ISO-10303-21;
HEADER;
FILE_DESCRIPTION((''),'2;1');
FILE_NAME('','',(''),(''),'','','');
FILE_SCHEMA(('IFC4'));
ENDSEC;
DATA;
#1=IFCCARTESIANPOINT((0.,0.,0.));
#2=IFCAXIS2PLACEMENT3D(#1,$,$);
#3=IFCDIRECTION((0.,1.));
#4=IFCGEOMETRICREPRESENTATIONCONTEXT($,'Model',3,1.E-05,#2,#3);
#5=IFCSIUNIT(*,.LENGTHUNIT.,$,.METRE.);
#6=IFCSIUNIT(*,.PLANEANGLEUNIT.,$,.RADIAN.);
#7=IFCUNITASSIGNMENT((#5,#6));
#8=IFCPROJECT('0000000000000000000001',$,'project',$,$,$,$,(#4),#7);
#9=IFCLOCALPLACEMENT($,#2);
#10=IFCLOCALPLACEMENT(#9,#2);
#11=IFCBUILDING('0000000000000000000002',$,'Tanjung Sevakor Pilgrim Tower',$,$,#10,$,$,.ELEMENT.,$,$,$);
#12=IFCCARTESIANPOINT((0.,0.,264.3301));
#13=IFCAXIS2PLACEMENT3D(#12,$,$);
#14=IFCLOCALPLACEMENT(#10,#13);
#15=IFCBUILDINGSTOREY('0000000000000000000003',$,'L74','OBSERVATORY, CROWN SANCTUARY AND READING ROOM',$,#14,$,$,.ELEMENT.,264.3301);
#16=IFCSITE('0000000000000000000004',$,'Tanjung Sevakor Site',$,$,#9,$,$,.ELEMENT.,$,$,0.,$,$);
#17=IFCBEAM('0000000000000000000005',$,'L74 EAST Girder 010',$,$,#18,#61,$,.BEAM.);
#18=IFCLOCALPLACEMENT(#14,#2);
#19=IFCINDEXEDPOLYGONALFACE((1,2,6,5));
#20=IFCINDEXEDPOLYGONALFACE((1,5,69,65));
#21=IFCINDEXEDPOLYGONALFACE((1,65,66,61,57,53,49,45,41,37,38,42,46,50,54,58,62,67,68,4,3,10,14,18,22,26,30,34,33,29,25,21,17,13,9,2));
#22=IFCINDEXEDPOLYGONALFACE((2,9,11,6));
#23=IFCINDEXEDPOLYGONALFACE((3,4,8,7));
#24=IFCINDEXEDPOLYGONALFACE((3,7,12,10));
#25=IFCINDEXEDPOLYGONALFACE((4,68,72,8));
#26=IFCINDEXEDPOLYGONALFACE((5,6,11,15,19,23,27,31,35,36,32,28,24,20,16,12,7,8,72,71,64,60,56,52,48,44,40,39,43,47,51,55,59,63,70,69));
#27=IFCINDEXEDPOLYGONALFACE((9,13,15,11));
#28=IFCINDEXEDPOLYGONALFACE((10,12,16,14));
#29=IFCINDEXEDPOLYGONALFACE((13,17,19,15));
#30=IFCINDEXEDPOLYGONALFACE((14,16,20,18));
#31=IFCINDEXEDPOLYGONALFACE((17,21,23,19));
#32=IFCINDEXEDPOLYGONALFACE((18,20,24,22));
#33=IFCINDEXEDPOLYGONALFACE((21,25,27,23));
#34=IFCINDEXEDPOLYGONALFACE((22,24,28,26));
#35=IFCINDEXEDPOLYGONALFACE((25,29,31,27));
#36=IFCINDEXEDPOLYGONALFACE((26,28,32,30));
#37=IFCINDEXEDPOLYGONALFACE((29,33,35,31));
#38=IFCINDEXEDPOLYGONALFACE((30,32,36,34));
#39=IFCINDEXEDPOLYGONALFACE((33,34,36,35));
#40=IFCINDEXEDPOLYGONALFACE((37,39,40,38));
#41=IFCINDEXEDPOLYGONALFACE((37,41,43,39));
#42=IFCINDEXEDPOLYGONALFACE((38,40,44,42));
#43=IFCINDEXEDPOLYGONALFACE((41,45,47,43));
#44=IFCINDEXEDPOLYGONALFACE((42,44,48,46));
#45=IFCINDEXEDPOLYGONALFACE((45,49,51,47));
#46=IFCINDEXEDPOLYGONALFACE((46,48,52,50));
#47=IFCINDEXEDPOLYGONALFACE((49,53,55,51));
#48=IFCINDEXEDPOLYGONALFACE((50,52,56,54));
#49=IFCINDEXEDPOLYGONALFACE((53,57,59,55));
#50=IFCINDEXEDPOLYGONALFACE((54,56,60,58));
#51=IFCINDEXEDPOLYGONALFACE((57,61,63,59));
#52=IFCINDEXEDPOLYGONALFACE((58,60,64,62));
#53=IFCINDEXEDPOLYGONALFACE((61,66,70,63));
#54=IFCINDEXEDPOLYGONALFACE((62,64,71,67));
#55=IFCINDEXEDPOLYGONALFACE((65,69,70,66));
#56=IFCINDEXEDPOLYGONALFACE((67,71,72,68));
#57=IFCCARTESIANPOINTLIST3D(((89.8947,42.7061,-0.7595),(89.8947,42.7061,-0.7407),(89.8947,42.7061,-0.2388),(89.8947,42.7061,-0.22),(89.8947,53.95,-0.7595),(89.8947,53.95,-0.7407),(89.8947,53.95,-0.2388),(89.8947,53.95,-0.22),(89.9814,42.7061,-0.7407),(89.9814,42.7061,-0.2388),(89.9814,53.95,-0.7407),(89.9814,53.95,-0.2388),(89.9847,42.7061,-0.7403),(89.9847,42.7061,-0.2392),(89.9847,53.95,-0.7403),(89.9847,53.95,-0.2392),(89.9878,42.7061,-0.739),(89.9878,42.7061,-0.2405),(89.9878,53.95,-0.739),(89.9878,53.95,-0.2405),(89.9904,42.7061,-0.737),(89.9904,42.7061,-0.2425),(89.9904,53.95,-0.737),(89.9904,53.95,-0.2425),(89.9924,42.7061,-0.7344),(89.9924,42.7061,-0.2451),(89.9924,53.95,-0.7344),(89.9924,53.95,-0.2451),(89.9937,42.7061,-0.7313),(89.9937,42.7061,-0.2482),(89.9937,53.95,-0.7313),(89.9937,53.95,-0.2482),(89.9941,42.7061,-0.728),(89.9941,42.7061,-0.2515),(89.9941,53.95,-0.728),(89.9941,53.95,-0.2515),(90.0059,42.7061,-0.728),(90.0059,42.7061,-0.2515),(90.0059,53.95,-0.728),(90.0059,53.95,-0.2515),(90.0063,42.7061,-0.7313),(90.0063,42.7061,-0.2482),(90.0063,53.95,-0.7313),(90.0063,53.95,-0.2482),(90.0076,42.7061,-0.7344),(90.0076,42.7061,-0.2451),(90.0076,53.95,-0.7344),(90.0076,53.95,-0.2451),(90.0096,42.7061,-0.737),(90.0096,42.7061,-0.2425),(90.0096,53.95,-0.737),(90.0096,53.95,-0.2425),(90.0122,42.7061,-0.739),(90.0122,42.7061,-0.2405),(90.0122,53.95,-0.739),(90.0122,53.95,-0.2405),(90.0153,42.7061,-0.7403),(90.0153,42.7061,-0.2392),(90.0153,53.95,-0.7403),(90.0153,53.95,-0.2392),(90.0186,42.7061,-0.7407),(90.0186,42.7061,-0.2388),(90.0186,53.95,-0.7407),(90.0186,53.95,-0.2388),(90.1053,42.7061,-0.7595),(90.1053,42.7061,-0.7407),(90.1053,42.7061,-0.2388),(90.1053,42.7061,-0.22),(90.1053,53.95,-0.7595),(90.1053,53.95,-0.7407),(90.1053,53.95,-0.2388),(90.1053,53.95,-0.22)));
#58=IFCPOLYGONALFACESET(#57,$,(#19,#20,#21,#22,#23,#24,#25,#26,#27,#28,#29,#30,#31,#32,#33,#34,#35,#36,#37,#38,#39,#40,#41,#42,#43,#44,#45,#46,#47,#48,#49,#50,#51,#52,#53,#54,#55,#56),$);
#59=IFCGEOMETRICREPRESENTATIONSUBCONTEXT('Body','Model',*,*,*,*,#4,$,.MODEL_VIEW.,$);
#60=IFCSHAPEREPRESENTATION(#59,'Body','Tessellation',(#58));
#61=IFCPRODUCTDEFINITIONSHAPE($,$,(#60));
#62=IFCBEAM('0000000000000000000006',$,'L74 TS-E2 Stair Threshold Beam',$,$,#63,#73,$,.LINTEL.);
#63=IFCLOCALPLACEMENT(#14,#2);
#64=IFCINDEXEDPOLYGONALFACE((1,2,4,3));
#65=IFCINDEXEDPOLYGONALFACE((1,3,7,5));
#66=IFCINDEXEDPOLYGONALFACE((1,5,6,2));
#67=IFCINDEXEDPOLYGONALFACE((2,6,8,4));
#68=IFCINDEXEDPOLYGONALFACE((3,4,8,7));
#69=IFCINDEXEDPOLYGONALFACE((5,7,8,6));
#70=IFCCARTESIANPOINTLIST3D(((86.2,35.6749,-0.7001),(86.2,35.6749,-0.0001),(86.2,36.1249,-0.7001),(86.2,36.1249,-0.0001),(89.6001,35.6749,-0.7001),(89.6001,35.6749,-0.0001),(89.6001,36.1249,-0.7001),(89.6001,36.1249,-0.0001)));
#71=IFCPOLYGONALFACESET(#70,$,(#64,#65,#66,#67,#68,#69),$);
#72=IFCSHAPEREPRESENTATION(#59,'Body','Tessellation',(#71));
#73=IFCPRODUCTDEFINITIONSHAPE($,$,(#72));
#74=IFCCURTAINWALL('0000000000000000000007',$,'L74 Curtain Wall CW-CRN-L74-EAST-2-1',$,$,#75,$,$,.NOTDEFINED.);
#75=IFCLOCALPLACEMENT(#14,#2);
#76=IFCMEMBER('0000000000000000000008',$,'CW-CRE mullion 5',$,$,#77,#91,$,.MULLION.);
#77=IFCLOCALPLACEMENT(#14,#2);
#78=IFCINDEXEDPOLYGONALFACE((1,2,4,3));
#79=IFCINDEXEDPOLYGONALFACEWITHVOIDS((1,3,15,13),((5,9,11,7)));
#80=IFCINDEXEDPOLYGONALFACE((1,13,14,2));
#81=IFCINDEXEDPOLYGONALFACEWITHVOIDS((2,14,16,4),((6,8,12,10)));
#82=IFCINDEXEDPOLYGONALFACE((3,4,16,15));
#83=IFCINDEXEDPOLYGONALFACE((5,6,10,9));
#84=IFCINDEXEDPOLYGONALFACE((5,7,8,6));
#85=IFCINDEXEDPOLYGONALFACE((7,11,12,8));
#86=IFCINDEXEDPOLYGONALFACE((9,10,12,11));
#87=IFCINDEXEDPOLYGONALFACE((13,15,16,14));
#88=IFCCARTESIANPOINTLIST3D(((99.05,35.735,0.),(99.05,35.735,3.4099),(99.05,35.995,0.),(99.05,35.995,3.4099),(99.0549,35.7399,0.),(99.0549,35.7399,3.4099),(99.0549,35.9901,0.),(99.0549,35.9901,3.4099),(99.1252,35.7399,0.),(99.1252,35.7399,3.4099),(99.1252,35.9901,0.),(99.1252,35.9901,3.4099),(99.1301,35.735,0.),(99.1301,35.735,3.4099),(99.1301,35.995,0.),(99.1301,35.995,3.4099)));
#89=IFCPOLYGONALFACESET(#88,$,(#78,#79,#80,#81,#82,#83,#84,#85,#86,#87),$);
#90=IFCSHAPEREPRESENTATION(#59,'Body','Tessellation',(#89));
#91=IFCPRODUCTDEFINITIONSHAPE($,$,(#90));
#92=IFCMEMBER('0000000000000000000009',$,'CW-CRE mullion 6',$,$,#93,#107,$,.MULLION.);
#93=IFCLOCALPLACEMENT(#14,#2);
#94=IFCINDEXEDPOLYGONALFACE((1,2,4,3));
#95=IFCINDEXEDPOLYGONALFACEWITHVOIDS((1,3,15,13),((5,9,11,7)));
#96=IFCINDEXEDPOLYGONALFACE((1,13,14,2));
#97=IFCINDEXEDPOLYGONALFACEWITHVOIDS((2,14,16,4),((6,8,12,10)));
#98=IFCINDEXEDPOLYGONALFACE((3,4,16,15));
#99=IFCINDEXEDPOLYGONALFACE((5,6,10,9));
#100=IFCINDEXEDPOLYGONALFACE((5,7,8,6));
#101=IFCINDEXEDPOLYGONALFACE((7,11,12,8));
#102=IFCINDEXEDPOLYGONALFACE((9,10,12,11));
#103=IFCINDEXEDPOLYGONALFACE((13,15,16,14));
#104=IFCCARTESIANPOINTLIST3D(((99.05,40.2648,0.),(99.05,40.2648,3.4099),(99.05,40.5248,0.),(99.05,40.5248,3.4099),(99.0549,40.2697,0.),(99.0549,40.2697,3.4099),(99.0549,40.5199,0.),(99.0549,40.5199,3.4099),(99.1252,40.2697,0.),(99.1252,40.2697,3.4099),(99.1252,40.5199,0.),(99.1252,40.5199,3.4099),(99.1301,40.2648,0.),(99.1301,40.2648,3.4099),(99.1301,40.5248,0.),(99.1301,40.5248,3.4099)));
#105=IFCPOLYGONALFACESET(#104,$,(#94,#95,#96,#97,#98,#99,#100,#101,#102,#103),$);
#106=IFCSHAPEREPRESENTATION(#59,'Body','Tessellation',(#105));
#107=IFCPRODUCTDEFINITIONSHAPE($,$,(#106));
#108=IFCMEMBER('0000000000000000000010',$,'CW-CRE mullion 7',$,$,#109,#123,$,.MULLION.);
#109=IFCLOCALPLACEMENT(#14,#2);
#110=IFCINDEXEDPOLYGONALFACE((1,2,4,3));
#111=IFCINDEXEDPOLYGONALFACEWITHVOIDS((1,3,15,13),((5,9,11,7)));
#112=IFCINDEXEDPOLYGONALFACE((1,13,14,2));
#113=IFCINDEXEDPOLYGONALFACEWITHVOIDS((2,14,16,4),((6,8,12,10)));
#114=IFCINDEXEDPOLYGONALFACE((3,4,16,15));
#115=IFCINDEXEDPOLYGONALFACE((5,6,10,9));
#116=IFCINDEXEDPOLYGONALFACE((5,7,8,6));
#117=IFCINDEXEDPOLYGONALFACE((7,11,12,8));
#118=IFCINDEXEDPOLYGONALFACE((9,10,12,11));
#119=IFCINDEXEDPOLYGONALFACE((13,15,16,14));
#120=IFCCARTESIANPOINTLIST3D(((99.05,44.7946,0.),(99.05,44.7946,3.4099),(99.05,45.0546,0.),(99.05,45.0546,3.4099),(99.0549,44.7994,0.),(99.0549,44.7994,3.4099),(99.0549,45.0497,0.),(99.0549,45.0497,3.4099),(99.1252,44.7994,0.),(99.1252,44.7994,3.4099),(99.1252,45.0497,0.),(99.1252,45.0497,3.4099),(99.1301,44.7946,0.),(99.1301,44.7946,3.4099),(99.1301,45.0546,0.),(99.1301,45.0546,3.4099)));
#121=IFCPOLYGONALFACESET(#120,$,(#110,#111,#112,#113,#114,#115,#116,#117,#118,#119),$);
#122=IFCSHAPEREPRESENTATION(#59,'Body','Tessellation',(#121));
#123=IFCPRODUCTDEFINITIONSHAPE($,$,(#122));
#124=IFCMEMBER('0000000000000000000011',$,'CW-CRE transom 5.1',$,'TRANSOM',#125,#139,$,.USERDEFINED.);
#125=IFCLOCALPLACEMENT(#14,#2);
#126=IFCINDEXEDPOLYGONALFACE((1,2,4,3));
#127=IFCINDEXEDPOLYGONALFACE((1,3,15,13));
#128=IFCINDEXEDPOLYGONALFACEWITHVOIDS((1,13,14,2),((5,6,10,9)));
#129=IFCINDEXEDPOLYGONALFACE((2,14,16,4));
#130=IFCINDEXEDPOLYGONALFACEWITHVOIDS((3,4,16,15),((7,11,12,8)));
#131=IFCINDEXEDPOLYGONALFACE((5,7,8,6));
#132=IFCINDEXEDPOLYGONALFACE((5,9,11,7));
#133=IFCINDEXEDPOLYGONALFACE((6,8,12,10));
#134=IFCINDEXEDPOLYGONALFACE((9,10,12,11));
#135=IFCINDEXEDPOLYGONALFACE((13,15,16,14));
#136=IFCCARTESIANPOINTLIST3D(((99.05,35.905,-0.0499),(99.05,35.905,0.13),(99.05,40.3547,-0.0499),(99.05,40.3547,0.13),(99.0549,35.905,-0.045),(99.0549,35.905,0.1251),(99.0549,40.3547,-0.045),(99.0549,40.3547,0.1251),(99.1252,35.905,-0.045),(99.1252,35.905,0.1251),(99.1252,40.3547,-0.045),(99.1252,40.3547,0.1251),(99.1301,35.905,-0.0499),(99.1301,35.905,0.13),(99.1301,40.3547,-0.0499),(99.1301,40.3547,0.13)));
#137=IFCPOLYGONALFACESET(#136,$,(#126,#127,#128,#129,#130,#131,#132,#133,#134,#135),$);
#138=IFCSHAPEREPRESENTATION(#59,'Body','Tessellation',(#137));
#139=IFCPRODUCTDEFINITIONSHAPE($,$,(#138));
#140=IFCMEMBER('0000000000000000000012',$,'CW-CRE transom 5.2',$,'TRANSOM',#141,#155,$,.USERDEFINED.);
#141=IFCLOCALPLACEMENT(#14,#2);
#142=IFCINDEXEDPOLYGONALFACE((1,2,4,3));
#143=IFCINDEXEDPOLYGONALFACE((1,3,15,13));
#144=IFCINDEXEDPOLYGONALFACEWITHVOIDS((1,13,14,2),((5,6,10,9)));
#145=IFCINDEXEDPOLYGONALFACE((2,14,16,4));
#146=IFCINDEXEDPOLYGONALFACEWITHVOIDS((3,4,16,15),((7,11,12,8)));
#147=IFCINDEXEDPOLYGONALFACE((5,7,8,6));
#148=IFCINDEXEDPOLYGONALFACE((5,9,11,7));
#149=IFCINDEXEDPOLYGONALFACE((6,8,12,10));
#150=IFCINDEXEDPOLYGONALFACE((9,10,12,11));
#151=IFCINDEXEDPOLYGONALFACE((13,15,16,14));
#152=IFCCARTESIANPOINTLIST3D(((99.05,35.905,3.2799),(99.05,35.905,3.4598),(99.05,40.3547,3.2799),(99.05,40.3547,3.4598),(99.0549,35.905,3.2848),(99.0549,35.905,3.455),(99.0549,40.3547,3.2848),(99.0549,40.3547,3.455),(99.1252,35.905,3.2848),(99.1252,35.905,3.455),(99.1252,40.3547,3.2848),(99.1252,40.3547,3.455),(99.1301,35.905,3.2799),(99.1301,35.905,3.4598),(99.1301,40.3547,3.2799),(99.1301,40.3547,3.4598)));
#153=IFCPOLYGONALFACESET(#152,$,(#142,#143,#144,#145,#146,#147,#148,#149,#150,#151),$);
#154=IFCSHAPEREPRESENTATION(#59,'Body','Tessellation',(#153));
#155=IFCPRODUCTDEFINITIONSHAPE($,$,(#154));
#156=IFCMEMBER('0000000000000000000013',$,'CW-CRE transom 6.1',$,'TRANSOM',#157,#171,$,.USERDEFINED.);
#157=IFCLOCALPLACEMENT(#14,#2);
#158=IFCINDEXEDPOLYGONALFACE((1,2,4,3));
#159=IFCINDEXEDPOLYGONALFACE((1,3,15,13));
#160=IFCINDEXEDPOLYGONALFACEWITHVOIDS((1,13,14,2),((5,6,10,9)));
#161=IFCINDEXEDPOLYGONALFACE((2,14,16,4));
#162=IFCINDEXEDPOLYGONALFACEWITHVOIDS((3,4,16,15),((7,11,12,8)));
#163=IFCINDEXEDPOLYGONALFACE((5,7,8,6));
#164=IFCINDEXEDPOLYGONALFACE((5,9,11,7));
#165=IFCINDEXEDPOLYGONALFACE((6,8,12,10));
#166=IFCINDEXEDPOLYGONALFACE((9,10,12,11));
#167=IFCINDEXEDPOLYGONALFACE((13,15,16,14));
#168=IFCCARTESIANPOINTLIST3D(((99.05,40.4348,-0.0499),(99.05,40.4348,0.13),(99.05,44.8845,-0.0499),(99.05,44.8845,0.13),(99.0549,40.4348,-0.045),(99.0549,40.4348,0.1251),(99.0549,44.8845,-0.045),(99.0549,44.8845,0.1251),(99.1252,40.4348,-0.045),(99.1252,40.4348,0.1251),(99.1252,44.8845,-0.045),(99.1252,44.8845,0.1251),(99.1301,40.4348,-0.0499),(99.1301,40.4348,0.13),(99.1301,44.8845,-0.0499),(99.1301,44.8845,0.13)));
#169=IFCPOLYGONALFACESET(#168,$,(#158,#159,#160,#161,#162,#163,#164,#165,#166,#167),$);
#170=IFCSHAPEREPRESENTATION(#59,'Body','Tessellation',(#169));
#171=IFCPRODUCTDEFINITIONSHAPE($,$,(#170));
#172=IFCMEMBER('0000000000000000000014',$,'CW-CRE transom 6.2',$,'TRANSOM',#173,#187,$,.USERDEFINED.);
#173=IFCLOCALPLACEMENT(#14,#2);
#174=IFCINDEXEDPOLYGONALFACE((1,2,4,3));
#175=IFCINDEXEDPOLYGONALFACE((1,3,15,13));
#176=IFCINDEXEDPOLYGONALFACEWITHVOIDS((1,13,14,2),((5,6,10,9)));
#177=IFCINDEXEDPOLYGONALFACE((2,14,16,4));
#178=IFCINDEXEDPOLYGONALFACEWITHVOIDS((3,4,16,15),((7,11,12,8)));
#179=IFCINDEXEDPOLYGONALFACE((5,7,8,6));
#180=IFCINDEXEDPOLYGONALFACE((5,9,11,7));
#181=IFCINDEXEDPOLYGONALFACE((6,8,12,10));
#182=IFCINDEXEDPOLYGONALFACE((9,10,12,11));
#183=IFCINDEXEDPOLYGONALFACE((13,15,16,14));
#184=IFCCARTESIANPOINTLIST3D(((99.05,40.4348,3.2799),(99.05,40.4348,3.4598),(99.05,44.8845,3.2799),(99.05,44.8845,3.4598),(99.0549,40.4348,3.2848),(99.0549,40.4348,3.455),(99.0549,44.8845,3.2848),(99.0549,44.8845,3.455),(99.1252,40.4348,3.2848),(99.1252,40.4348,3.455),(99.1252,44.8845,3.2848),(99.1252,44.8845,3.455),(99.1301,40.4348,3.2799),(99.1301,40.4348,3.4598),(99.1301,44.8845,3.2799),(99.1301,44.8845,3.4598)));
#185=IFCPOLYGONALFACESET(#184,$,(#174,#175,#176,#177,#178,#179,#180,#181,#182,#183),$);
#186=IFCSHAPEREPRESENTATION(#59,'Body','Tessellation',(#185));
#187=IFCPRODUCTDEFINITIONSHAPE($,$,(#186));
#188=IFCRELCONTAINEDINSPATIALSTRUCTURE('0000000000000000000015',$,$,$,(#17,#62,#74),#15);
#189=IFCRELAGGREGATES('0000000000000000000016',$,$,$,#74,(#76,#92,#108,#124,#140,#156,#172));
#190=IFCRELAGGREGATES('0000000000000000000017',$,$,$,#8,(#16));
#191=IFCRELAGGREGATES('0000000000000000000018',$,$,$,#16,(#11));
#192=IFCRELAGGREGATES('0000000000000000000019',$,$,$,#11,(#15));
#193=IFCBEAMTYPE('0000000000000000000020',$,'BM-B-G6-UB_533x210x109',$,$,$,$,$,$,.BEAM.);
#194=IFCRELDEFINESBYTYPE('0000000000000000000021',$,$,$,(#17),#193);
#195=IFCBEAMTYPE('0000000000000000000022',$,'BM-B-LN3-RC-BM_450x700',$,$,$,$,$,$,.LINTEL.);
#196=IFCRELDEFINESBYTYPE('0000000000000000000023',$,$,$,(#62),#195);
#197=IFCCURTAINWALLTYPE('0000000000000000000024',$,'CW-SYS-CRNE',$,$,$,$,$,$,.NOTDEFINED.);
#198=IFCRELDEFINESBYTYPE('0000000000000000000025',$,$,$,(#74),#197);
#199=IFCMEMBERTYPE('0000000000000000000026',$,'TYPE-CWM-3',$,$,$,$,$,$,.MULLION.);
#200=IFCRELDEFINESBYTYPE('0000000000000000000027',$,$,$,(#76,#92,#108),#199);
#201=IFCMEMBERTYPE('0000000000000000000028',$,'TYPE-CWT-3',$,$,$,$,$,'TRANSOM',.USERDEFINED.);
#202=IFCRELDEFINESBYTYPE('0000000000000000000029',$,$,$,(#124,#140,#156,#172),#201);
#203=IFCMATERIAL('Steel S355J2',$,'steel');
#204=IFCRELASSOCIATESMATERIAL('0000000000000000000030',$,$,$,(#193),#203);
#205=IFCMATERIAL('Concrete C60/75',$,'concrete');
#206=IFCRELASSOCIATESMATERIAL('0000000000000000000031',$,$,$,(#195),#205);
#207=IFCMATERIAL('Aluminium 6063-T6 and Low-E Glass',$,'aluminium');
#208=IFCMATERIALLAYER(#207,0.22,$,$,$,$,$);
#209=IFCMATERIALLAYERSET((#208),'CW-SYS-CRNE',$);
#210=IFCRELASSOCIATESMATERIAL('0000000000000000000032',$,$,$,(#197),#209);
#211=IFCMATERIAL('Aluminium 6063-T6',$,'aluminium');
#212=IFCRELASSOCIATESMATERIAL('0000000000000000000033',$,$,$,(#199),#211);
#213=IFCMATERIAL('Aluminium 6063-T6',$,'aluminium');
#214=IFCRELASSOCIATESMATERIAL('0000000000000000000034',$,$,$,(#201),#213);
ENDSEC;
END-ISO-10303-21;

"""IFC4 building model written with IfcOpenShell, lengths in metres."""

from ifc_helpers import new_model, si_unit, direction, frame, origin, origin_2d, place, context, subcontext, project, spatial, rectangle, hollow_rectangle, i_section, extrude, material, layer, layer_set, material_profile, profile_set, type_object, element, aggregate, save


model = new_model("IFC4")

# Units and contexts
model_context = context("Model", 3, precision=1e-05, world=origin(), true_north=direction((0.0, 1.0)))
body_context = subcontext(model_context, "Body", "Model", "MODEL_VIEW")
ifc_project = project(units=[si_unit("LENGTHUNIT", "METRE"), si_unit("PLANEANGLEUNIT", "RADIAN")], contexts=[model_context])

# Site, building, storey
site_placement = place(None, origin())
site = spatial("IfcSite", under=ifc_project, at=site_placement, Name="Tanjung Sevakor Site", CompositionType="ELEMENT", RefElevation=0.0)
building_placement = place(site_placement, origin())
building = spatial("IfcBuilding", under=site, at=building_placement, Name="Tanjung Sevakor Pilgrim Tower", CompositionType="ELEMENT")
storey_placement = place(building_placement, frame((0.0, 0.0, 264.3301)))
storey = spatial("IfcBuildingStorey", under=building, at=storey_placement, Name="L74", Description="OBSERVATORY, CROWN SANCTUARY AND READING ROOM", CompositionType="ELEMENT", Elevation=264.3301)

# Beams
ifc_material_1 = material(Name="Steel S355J2", Category="steel")
ifc_material_profile_1 = material_profile(ifc_material_1, i_section(OverallWidth=0.2107, OverallDepth=0.5396, WebThickness=0.0117, FlangeThickness=0.0188, FilletRadius=0.0127, at=origin_2d()))
ifc_profile_set_1 = profile_set([ifc_material_profile_1], Name="Steel S355J2")
beam_type_1 = type_object("IfcBeamType", Name="BM-B-G6-UB_533x210x109", PredefinedType="BEAM", material=ifc_profile_set_1)
beam_1_placement = place(storey_placement, frame((90.0, 42.7061, -0.4897), z_axis=(0.0, 1.0, 0.0), x_axis=(-1.0, 0.0, 0.0)))
element("IfcBeam", 1, at=beam_1_placement, inside=storey, type_object=beam_type_1, Name="L74 EAST Girder 010", PredefinedType="BEAM", context=body_context, shape_type="SweptSolid", body=[
    extrude(i_section(OverallWidth=0.2107, OverallDepth=0.5396, WebThickness=0.0117, FlangeThickness=0.0188, FilletRadius=0.0127, at=origin_2d()), origin(), (0.0, 0.0, 1.0), 11.2439),
])
ifc_material_2 = material(Name="Concrete C60/75", Category="concrete")
ifc_material_profile_2 = material_profile(ifc_material_2, rectangle(XDim=0.45, YDim=0.7, at=origin_2d()))
ifc_profile_set_2 = profile_set([ifc_material_profile_2], Name="Concrete C60/75")
beam_type_2 = type_object("IfcBeamType", Name="BM-B-LN3-RC-BM_450x700", PredefinedType="LINTEL", material=ifc_profile_set_2)
beam_2_placement = place(storey_placement, frame((86.2, 35.8999, -0.3501), z_axis=(1.0, 0.0, 0.0), x_axis=(0.0, 1.0, 0.0)))
element("IfcBeam", 2, at=beam_2_placement, inside=storey, type_object=beam_type_2, Name="L74 TS-E2 Stair Threshold Beam", PredefinedType="LINTEL", context=body_context, shape_type="SweptSolid", body=[
    extrude(rectangle(XDim=0.45, YDim=0.7, at=origin_2d()), origin(), (0.0, 0.0, 1.0), 3.4001),
])

# Curtain wall, members
ifc_material_3 = material(Name="Aluminium 6063-T6 and Low-E Glass", Category="aluminium")
ifc_layer_1 = layer(ifc_material_3, 0.22)
ifc_layer_set_1 = layer_set([ifc_layer_1], Name="CW-SYS-CRNE")
curtain_wall_type = type_object("IfcCurtainWallType", Name="CW-SYS-CRNE", PredefinedType="NOTDEFINED", material=ifc_layer_set_1)
curtain_wall_placement = place(storey_placement, origin())
curtain_wall = element("IfcCurtainWall", 3, at=curtain_wall_placement, inside=storey, type_object=curtain_wall_type, Name="L74 Curtain Wall CW-CRN-L74-EAST-2-1", PredefinedType="NOTDEFINED")
ifc_material_4 = material(Name="Aluminium 6063-T6", Category="aluminium")
ifc_material_profile_3 = material_profile(ifc_material_4, hollow_rectangle(XDim=0.0801, YDim=0.26, WallThickness=0.0049, at=origin_2d()))
ifc_profile_set_3 = profile_set([ifc_material_profile_3], Name="Aluminium 6063-T6")
member_type_1 = type_object("IfcMemberType", Name="TYPE-CWM-3", PredefinedType="MULLION", material=ifc_profile_set_3)
member_1_placement = place(storey_placement, frame((99.0901, 35.865, 0.0), z_axis=(0.0, 0.0, 1.0), x_axis=(-1.0, 0.0, 0.0)))
member_1 = element("IfcMember", 4, at=member_1_placement, type_object=member_type_1, Name="CW-CRE mullion 5", PredefinedType="MULLION", context=body_context, shape_type="SweptSolid", body=[
    extrude(hollow_rectangle(XDim=0.0801, YDim=0.26, WallThickness=0.0049, at=origin_2d()), origin(), (0.0, 0.0, 1.0), 3.4099),
])
member_2_placement = place(storey_placement, frame((99.0901, 40.3948, 0.0), z_axis=(0.0, 0.0, 1.0), x_axis=(-1.0, 0.0, 0.0)))
member_2 = element("IfcMember", 5, at=member_2_placement, type_object=member_type_1, Name="CW-CRE mullion 6", PredefinedType="MULLION", context=body_context, shape_type="SweptSolid", body=[
    extrude(hollow_rectangle(XDim=0.0801, YDim=0.26, WallThickness=0.0049, at=origin_2d()), origin(), (0.0, 0.0, 1.0), 3.4099),
])
member_3_placement = place(storey_placement, frame((99.0901, 44.9246, 0.0), z_axis=(0.0, 0.0, 1.0), x_axis=(-1.0, 0.0, 0.0)))
member_3 = element("IfcMember", 6, at=member_3_placement, type_object=member_type_1, Name="CW-CRE mullion 7", PredefinedType="MULLION", context=body_context, shape_type="SweptSolid", body=[
    extrude(hollow_rectangle(XDim=0.0801, YDim=0.26, WallThickness=0.0049, at=origin_2d()), origin(), (0.0, 0.0, 1.0), 3.4099),
])
ifc_material_5 = material(Name="Aluminium 6063-T6", Category="aluminium")
ifc_material_profile_4 = material_profile(ifc_material_5, hollow_rectangle(XDim=0.0801, YDim=0.1799, WallThickness=0.0049, at=origin_2d()))
ifc_profile_set_4 = profile_set([ifc_material_profile_4], Name="Aluminium 6063-T6")
member_type_2 = type_object("IfcMemberType", Name="TYPE-CWT-3", ElementType="TRANSOM", PredefinedType="USERDEFINED", material=ifc_profile_set_4)
member_4_placement = place(storey_placement, frame((99.0901, 35.905, 0.04), z_axis=(0.0, 1.0, 0.0), x_axis=(-1.0, 0.0, 0.0)))
member_4 = element("IfcMember", 7, at=member_4_placement, type_object=member_type_2, Name="CW-CRE transom 5.1", ObjectType="TRANSOM", PredefinedType="USERDEFINED", context=body_context, shape_type="SweptSolid", body=[
    extrude(hollow_rectangle(XDim=0.0801, YDim=0.1799, WallThickness=0.0049, at=origin_2d()), origin(), (0.0, 0.0, 1.0), 4.4497),
])
member_5_placement = place(storey_placement, frame((99.0901, 35.905, 3.3699), z_axis=(0.0, 1.0, 0.0), x_axis=(-1.0, 0.0, 0.0)))
member_5 = element("IfcMember", 8, at=member_5_placement, type_object=member_type_2, Name="CW-CRE transom 5.2", ObjectType="TRANSOM", PredefinedType="USERDEFINED", context=body_context, shape_type="SweptSolid", body=[
    extrude(hollow_rectangle(XDim=0.0801, YDim=0.1799, WallThickness=0.0049, at=origin_2d()), origin(), (0.0, 0.0, 1.0), 4.4497),
])
member_6_placement = place(storey_placement, frame((99.0901, 40.4348, 0.04), z_axis=(0.0, 1.0, 0.0), x_axis=(-1.0, 0.0, 0.0)))
member_6 = element("IfcMember", 9, at=member_6_placement, type_object=member_type_2, Name="CW-CRE transom 6.1", ObjectType="TRANSOM", PredefinedType="USERDEFINED", context=body_context, shape_type="SweptSolid", body=[
    extrude(hollow_rectangle(XDim=0.0801, YDim=0.1799, WallThickness=0.0049, at=origin_2d()), origin(), (0.0, 0.0, 1.0), 4.4497),
])
member_7_placement = place(storey_placement, frame((99.0901, 40.4348, 3.3699), z_axis=(0.0, 1.0, 0.0), x_axis=(-1.0, 0.0, 0.0)))
member_7 = element("IfcMember", 10, at=member_7_placement, type_object=member_type_2, Name="CW-CRE transom 6.2", ObjectType="TRANSOM", PredefinedType="USERDEFINED", context=body_context, shape_type="SweptSolid", body=[
    extrude(hollow_rectangle(XDim=0.0801, YDim=0.1799, WallThickness=0.0049, at=origin_2d()), origin(), (0.0, 0.0, 1.0), 4.4497),
])
aggregate(curtain_wall, [member_1, member_2, member_3, member_4, member_5, member_6, member_7])

save(model, "model.ifc")
